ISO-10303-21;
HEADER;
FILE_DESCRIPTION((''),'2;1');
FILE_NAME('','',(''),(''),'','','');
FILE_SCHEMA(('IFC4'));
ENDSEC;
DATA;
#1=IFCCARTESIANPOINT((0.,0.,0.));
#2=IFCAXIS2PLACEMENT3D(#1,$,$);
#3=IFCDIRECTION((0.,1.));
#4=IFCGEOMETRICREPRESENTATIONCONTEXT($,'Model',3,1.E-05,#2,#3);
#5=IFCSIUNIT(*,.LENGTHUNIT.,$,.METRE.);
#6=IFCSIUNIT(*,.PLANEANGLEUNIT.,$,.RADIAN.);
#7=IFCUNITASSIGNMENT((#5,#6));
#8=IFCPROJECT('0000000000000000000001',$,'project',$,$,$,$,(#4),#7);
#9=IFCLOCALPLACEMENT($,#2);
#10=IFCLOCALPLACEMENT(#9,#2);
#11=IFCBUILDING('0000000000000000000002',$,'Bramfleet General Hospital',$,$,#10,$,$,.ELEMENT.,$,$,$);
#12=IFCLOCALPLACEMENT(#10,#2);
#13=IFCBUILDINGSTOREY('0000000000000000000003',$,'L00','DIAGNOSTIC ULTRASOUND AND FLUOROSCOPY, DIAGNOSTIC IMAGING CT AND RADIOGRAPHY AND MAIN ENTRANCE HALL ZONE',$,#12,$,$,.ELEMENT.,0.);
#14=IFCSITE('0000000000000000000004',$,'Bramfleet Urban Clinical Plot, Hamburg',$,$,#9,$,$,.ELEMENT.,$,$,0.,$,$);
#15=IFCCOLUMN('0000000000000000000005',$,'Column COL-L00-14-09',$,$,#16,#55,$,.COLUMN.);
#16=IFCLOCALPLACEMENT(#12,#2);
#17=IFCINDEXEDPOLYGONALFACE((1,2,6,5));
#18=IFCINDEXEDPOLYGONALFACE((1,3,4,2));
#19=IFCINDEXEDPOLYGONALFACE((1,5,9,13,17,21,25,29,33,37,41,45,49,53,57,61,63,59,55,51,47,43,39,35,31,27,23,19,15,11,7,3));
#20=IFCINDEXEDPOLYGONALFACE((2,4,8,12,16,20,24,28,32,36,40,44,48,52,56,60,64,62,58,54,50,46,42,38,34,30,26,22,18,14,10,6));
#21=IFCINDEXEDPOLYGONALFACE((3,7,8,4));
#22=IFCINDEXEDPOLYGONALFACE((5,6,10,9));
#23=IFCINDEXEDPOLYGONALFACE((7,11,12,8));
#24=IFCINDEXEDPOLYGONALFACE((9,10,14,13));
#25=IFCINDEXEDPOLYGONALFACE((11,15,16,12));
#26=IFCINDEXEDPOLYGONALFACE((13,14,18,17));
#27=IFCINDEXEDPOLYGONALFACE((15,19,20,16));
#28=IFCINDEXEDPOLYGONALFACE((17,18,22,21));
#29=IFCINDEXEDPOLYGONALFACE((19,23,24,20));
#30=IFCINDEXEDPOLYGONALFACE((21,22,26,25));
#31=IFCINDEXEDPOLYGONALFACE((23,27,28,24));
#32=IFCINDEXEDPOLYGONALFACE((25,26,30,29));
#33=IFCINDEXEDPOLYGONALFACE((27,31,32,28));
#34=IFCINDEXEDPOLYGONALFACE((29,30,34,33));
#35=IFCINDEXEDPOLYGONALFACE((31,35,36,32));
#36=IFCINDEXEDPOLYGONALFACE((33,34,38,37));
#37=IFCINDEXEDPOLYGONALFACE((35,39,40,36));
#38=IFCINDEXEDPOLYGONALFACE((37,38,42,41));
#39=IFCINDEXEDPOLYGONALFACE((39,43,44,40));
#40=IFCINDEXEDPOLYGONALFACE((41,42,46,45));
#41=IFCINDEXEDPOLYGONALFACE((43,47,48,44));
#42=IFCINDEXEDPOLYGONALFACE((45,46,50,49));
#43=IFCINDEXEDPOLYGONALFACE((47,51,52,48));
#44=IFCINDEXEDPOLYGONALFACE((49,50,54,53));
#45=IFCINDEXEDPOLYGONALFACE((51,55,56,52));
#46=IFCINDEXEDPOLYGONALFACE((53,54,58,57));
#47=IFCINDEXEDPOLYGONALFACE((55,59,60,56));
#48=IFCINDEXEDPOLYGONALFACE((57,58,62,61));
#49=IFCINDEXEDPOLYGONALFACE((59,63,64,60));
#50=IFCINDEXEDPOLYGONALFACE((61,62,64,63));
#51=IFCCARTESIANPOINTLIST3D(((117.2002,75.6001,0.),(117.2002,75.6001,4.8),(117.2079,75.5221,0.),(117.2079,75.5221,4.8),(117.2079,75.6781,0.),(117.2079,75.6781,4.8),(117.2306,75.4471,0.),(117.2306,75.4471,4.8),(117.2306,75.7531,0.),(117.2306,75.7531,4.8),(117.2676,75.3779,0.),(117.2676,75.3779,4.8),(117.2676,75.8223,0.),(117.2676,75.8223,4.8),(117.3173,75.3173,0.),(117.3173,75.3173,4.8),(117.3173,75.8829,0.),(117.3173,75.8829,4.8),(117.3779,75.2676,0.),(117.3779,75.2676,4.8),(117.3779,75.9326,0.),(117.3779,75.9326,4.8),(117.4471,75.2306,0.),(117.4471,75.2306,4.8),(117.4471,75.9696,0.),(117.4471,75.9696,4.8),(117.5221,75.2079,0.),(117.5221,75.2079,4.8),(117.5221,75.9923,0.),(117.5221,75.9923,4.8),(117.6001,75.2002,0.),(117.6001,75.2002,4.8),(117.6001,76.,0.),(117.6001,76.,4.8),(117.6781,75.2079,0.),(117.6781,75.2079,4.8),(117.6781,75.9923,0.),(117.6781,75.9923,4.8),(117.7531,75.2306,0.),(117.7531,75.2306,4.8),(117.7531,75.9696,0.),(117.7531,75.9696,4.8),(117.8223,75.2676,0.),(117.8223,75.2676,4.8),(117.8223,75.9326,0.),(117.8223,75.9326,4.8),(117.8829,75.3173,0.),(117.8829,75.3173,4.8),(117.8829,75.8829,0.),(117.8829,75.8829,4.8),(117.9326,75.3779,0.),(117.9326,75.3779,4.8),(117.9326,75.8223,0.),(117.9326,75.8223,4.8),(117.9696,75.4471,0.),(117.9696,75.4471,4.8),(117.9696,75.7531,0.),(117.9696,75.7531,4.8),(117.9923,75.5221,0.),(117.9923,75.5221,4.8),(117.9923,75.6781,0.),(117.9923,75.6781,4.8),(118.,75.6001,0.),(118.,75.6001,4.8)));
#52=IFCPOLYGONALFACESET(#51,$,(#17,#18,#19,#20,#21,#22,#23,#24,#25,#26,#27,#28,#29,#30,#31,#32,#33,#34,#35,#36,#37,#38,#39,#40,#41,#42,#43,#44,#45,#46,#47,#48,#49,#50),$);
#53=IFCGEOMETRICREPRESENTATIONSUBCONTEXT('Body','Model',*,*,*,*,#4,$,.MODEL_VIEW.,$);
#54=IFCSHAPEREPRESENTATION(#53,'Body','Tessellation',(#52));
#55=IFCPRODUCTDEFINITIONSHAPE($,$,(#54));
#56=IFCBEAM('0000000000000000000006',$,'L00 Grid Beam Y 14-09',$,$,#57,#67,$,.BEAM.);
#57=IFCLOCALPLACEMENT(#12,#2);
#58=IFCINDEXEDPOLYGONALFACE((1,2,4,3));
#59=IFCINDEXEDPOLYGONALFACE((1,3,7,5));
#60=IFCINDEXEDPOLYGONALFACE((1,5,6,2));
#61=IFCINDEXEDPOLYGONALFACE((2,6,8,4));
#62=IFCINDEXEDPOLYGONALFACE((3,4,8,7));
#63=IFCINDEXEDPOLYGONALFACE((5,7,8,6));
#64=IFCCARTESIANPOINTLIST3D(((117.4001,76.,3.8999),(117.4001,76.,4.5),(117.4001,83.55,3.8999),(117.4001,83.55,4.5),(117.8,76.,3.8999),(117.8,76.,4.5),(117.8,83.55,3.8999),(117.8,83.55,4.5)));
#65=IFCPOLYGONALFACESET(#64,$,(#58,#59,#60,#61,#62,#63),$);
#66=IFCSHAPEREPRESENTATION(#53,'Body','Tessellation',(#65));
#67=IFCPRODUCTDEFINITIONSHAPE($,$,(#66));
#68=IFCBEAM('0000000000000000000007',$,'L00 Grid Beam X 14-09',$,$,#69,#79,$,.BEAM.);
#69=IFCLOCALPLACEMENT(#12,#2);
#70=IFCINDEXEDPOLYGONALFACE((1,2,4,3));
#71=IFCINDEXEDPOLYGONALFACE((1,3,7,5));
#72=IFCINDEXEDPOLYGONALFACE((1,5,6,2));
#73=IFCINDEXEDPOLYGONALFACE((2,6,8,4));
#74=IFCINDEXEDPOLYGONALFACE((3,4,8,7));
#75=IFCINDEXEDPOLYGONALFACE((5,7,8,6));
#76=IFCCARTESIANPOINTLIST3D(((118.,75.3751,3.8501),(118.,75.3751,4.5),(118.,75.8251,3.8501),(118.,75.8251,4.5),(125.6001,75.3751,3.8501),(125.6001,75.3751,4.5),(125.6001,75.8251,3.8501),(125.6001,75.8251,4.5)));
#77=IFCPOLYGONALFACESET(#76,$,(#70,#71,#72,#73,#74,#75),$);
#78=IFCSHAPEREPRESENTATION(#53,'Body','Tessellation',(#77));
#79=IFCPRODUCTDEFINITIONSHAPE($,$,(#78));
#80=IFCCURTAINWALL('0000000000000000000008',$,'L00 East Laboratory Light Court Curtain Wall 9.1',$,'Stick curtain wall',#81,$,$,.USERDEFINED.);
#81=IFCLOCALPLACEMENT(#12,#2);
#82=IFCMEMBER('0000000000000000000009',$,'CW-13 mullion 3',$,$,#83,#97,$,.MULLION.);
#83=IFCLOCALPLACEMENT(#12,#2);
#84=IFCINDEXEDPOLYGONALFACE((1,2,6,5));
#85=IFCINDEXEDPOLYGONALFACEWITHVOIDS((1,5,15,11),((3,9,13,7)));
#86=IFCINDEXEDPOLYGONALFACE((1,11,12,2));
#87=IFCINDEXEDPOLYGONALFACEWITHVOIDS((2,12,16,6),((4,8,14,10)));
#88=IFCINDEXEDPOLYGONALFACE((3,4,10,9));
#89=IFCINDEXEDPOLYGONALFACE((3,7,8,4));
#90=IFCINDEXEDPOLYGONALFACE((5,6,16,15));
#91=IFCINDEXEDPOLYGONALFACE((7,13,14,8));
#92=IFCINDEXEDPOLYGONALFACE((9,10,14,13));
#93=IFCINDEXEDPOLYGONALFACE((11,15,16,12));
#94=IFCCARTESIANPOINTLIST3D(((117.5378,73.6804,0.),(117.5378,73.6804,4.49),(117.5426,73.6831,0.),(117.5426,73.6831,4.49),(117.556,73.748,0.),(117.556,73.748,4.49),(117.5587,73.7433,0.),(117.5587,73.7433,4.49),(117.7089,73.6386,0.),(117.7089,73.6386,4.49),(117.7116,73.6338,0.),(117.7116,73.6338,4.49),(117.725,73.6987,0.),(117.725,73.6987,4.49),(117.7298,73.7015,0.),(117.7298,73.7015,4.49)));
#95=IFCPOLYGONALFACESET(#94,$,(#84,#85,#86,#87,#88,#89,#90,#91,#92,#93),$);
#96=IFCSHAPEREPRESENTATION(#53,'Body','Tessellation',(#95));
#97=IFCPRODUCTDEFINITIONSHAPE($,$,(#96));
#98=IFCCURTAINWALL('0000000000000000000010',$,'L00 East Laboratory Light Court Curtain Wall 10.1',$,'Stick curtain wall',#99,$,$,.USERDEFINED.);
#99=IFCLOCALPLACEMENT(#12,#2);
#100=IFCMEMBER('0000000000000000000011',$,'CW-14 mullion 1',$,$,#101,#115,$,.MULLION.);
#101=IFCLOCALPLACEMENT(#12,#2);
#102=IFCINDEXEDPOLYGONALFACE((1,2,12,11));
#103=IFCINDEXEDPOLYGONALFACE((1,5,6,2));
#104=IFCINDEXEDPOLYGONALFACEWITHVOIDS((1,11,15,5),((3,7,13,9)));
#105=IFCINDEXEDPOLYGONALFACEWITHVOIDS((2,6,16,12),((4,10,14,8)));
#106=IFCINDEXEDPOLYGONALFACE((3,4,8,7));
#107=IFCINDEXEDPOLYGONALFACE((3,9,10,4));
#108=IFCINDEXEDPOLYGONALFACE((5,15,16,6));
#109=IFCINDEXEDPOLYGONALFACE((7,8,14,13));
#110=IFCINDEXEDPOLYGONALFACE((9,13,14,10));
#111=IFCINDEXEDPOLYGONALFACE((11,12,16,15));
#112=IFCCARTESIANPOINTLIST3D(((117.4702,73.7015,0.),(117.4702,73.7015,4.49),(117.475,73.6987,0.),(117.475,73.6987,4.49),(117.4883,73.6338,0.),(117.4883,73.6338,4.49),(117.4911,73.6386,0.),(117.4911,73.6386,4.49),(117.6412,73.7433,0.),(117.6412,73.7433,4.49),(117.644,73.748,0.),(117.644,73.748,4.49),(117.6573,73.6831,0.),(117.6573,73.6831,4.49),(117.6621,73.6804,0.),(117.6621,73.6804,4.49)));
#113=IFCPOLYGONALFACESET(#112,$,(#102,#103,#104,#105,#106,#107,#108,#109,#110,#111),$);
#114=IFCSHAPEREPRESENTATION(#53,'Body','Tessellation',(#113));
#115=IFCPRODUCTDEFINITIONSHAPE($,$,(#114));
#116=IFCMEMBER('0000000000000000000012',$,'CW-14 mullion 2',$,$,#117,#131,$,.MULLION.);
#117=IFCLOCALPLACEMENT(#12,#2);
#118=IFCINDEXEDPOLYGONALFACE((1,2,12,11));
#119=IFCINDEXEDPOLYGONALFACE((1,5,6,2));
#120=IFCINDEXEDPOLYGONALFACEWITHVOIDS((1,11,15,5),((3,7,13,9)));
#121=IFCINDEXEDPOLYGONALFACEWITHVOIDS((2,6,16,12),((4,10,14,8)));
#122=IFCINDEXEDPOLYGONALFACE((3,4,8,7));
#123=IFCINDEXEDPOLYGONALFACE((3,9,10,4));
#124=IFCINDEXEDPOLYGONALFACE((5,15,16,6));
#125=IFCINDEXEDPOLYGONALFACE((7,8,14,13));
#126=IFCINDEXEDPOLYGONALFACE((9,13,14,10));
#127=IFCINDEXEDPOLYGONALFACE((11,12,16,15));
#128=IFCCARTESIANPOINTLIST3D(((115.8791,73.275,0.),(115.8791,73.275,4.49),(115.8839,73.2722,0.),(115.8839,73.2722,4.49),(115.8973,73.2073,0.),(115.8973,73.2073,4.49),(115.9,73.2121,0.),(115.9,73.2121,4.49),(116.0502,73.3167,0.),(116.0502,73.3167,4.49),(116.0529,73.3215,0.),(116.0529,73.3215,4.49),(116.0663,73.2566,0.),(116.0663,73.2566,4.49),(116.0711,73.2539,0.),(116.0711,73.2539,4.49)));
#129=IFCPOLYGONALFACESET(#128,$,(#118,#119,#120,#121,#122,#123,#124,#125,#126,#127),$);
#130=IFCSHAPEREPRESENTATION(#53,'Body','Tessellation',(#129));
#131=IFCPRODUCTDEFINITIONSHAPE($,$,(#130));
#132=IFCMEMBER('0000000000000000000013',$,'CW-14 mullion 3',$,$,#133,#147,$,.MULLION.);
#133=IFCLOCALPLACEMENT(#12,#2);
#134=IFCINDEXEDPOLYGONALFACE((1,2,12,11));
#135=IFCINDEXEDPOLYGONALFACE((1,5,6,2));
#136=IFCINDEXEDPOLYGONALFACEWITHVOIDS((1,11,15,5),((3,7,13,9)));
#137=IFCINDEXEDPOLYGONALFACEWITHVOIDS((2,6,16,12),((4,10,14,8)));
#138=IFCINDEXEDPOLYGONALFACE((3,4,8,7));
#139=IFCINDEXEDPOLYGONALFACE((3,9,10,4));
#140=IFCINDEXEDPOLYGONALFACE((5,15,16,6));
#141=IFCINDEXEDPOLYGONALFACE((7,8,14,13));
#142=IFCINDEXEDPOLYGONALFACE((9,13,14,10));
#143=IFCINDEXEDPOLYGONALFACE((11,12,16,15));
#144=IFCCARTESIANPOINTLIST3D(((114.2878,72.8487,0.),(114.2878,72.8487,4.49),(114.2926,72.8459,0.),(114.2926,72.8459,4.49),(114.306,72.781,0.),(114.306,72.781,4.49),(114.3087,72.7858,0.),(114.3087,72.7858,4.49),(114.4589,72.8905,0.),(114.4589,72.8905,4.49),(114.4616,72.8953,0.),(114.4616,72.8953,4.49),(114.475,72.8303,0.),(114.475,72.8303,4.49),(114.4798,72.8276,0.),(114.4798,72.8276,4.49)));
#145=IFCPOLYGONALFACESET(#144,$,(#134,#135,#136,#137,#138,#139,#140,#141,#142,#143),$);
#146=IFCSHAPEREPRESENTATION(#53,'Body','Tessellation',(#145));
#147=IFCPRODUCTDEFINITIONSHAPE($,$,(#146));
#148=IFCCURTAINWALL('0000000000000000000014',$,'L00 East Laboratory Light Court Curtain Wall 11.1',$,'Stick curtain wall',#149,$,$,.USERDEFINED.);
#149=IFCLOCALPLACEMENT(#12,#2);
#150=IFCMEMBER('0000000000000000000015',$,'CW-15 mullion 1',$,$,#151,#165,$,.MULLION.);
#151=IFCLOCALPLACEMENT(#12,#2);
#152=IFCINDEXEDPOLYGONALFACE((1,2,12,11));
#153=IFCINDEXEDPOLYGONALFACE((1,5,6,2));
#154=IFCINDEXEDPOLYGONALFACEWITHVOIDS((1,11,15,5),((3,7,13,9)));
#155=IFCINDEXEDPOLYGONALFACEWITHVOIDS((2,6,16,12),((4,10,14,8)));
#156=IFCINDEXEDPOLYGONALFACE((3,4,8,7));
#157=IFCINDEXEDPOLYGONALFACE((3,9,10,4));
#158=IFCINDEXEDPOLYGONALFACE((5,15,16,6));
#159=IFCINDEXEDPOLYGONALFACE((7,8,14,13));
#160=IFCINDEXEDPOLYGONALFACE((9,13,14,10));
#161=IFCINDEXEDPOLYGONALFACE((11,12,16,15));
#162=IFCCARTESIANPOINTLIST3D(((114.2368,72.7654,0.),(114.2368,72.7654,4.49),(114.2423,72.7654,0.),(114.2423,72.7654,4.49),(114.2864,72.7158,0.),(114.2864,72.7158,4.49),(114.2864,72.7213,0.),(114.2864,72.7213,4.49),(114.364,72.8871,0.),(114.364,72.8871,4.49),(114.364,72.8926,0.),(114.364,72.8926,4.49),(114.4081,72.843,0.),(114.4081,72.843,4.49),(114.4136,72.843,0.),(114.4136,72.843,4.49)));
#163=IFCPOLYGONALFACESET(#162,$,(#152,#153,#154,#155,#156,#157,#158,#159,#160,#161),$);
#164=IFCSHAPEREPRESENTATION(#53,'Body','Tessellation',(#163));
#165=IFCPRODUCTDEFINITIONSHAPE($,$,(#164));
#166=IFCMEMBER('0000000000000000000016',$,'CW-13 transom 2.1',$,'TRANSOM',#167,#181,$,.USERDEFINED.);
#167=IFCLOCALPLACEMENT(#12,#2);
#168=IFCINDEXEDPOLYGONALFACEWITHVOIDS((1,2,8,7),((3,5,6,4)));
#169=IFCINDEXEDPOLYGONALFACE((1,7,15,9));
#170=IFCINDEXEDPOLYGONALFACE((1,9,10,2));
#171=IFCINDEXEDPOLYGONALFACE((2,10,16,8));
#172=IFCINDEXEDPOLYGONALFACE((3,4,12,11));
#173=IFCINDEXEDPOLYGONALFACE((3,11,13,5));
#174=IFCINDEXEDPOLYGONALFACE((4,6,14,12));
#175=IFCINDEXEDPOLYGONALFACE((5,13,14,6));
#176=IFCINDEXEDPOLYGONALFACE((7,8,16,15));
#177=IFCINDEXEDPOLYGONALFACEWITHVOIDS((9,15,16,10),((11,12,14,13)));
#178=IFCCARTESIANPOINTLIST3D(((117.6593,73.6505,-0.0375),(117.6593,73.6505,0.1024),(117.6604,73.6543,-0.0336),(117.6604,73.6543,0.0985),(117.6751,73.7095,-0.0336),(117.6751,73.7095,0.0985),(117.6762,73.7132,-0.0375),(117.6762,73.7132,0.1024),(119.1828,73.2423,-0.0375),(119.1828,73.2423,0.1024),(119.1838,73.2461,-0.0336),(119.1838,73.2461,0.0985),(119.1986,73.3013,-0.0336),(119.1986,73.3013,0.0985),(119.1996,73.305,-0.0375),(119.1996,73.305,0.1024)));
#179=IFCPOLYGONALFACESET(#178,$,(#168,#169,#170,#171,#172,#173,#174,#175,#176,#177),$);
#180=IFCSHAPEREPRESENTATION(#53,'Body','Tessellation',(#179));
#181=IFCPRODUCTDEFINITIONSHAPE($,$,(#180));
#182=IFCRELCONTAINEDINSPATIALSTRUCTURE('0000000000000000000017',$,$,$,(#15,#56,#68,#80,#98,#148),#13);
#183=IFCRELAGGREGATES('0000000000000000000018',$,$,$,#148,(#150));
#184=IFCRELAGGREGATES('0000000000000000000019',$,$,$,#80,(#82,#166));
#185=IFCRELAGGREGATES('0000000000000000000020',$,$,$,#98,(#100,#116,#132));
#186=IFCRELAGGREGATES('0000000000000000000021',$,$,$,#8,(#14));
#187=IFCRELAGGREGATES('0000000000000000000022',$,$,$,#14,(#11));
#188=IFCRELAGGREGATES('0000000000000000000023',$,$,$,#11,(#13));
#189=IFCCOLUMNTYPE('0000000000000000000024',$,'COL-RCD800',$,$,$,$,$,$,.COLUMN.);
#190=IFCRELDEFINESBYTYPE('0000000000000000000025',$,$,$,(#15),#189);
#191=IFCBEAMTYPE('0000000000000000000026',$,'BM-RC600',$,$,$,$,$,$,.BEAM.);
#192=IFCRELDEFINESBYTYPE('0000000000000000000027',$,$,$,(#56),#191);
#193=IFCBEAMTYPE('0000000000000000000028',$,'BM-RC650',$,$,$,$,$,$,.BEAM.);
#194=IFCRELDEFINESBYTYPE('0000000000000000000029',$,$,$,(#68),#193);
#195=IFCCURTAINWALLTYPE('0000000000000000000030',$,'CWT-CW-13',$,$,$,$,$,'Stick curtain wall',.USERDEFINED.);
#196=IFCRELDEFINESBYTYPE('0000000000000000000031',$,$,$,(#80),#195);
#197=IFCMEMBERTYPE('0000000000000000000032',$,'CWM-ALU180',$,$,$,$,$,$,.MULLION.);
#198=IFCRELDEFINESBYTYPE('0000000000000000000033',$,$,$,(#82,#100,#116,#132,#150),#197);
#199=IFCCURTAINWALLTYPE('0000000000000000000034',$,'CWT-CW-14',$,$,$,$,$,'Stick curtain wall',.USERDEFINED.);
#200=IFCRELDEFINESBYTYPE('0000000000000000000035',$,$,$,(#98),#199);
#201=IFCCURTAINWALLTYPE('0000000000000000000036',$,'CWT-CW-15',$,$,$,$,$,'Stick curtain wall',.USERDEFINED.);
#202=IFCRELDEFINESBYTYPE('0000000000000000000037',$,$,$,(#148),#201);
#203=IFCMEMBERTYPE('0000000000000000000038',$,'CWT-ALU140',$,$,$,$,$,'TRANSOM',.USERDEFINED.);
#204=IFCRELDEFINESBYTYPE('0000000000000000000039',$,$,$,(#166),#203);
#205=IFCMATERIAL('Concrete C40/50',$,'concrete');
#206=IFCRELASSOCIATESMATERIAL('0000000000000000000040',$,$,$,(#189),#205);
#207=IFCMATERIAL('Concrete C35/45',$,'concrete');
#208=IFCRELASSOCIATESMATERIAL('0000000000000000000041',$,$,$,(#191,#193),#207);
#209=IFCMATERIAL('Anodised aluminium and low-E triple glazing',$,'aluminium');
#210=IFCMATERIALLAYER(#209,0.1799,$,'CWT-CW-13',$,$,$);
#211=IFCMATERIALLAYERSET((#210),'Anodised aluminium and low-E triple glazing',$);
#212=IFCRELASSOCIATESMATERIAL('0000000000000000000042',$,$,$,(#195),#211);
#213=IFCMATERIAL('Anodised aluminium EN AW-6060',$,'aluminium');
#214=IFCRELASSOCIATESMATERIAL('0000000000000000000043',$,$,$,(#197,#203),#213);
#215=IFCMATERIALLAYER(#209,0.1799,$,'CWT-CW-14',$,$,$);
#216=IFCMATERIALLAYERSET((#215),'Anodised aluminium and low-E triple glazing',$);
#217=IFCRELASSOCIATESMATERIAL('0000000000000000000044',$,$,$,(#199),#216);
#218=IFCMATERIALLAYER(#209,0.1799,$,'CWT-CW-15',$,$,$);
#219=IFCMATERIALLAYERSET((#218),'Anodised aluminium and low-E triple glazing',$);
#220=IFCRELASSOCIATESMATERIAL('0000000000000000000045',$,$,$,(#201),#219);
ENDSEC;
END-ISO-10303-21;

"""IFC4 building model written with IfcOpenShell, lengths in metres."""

from ifc_helpers import new_model, si_unit, direction, frame, origin, origin_2d, place, context, subcontext, project, spatial, rectangle, hollow_rectangle, circle, extrude, material, layer, layer_set, material_profile, profile_set, type_object, element, aggregate, save


model = new_model("IFC4")

# Units and contexts
model_context = context("Model", 3, precision=1e-05, world=origin(), true_north=direction((0.0, 1.0)))
body_context = subcontext(model_context, "Body", "Model", "MODEL_VIEW")
ifc_project = project(units=[si_unit("LENGTHUNIT", "METRE"), si_unit("PLANEANGLEUNIT", "RADIAN")], contexts=[model_context])

# Site, building, storey
site_placement = place(None, origin())
site = spatial("IfcSite", under=ifc_project, at=site_placement, Name="Bramfleet Urban Clinical Plot, Hamburg", CompositionType="ELEMENT", RefElevation=0.0)
building_placement = place(site_placement, origin())
building = spatial("IfcBuilding", under=site, at=building_placement, Name="Bramfleet General Hospital", CompositionType="ELEMENT")
storey_placement = place(building_placement, origin())
storey = spatial("IfcBuildingStorey", under=building, at=storey_placement, Name="L00", Description="DIAGNOSTIC ULTRASOUND AND FLUOROSCOPY, DIAGNOSTIC IMAGING CT AND RADIOGRAPHY AND MAIN ENTRANCE HALL ZONE", CompositionType="ELEMENT", Elevation=0.0)

# Column
ifc_material_1 = material(Name="Concrete C40/50", Category="concrete")
ifc_material_profile_1 = material_profile(ifc_material_1, circle(Radius=0.3999, at=origin_2d()), Name="RC ROUND D800")
ifc_profile_set_1 = profile_set([ifc_material_profile_1], Name="Concrete C40/50")
column_type = type_object("IfcColumnType", Name="COL-RCD800", PredefinedType="COLUMN", material=ifc_profile_set_1)
column_placement = place(storey_placement, frame((117.6001, 75.6001, 0.0), z_axis=(0.0, 0.0, 1.0), x_axis=(1.0, 0.0, 0.0)))
element("IfcColumn", 1, at=column_placement, inside=storey, type_object=column_type, Name="Column COL-L00-14-09", PredefinedType="COLUMN", context=body_context, shape_type="SweptSolid", body=[
    extrude(circle(Radius=0.3999, at=origin_2d()), origin(), (0.0, 0.0, 1.0), 4.8),
])

# Beams
ifc_material_2 = material(Name="Concrete C35/45", Category="concrete")
ifc_material_profile_2 = material_profile(ifc_material_2, rectangle(XDim=0.3999, YDim=0.6001, at=origin_2d()), Name="RC BM 600x400")
ifc_profile_set_2 = profile_set([ifc_material_profile_2], Name="Concrete C35/45")
beam_type_1 = type_object("IfcBeamType", Name="BM-RC600", PredefinedType="BEAM", material=ifc_profile_set_2)
beam_1_placement = place(storey_placement, frame((117.6001, 76.0, 4.2), z_axis=(0.0, 1.0, 0.0), x_axis=(-1.0, 0.0, 0.0)))
element("IfcBeam", 2, at=beam_1_placement, inside=storey, type_object=beam_type_1, Name="L00 Grid Beam Y 14-09", PredefinedType="BEAM", context=body_context, shape_type="SweptSolid", body=[
    extrude(rectangle(XDim=0.3999, YDim=0.6001, at=origin_2d()), origin(), (0.0, 0.0, 1.0), 7.55),
])
ifc_material_profile_3 = material_profile(ifc_material_2, rectangle(XDim=0.45, YDim=0.6499, at=origin_2d()), Name="RC BM 650x450")
ifc_profile_set_3 = profile_set([ifc_material_profile_3], Name="Concrete C35/45")
beam_type_2 = type_object("IfcBeamType", Name="BM-RC650", PredefinedType="BEAM", material=ifc_profile_set_3)
beam_2_placement = place(storey_placement, frame((118.0, 75.6001, 4.175), z_axis=(1.0, 0.0, 0.0), x_axis=(0.0, 1.0, 0.0)))
element("IfcBeam", 3, at=beam_2_placement, inside=storey, type_object=beam_type_2, Name="L00 Grid Beam X 14-09", PredefinedType="BEAM", context=body_context, shape_type="SweptSolid", body=[
    extrude(rectangle(XDim=0.45, YDim=0.6499, at=origin_2d()), origin(), (0.0, 0.0, 1.0), 7.6001),
])

# Curtain wall, member
ifc_material_3 = material(Name="Anodised aluminium and low-E triple glazing", Category="aluminium")
ifc_layer_1 = layer(ifc_material_3, 0.1799, Name="CWT-CW-13")
ifc_layer_set_1 = layer_set([ifc_layer_1], Name="Anodised aluminium and low-E triple glazing")
curtain_wall_type_1 = type_object("IfcCurtainWallType", Name="CWT-CW-13", ElementType="Stick curtain wall", PredefinedType="USERDEFINED", material=ifc_layer_set_1)
curtain_wall_1_placement = place(storey_placement, origin())
curtain_wall_1 = element("IfcCurtainWall", 4, at=curtain_wall_1_placement, inside=storey, type_object=curtain_wall_type_1, Name="L00 East Laboratory Light Court Curtain Wall 9.1", ObjectType="Stick curtain wall", PredefinedType="USERDEFINED")
ifc_material_4 = material(Name="Anodised aluminium EN AW-6060", Category="aluminium")
ifc_material_profile_4 = material_profile(ifc_material_4, hollow_rectangle(XDim=0.0701, YDim=0.1799, WallThickness=0.0039, at=origin_2d()), Name="ALU 180x70x4.0")
ifc_profile_set_4 = profile_set([ifc_material_profile_4], Name="Anodised aluminium EN AW-6060")
member_type_1 = type_object("IfcMemberType", Name="CWM-ALU180", PredefinedType="MULLION", material=ifc_profile_set_4)
member_1_placement = place(storey_placement, frame((117.6338, 73.6909, 0.0), z_axis=(0.0, 0.0, 1.0), x_axis=(-0.258865, -0.965914, 0.0)))
member_1 = element("IfcMember", 5, at=member_1_placement, type_object=member_type_1, Name="CW-13 mullion 3", PredefinedType="MULLION", context=body_context, shape_type="SweptSolid", body=[
    extrude(hollow_rectangle(XDim=0.0701, YDim=0.1799, WallThickness=0.0039, at=origin_2d()), origin(), (0.0, 0.0, 1.0), 4.49),
])

# Curtain wall, members
ifc_layer_2 = layer(ifc_material_3, 0.1799, Name="CWT-CW-14")
ifc_layer_set_2 = layer_set([ifc_layer_2], Name="Anodised aluminium and low-E triple glazing")
curtain_wall_type_2 = type_object("IfcCurtainWallType", Name="CWT-CW-14", ElementType="Stick curtain wall", PredefinedType="USERDEFINED", material=ifc_layer_set_2)
curtain_wall_2_placement = place(storey_placement, origin())
curtain_wall_2 = element("IfcCurtainWall", 6, at=curtain_wall_2_placement, inside=storey, type_object=curtain_wall_type_2, Name="L00 East Laboratory Light Court Curtain Wall 10.1", ObjectType="Stick curtain wall", PredefinedType="USERDEFINED")
member_2_placement = place(storey_placement, frame((117.5662, 73.6909, 0.0), z_axis=(0.0, 0.0, 1.0), x_axis=(0.258865, -0.965914, 0.0)))
member_2 = element("IfcMember", 7, at=member_2_placement, type_object=member_type_1, Name="CW-14 mullion 1", PredefinedType="MULLION", context=body_context, shape_type="SweptSolid", body=[
    extrude(hollow_rectangle(XDim=0.0701, YDim=0.1799, WallThickness=0.0039, at=origin_2d()), origin(), (0.0, 0.0, 1.0), 4.49),
])
member_3_placement = place(storey_placement, frame((115.9751, 73.2644, 0.0), z_axis=(0.0, 0.0, 1.0), x_axis=(0.258865, -0.965914, 0.0)))
member_3 = element("IfcMember", 8, at=member_3_placement, type_object=member_type_1, Name="CW-14 mullion 2", PredefinedType="MULLION", context=body_context, shape_type="SweptSolid", body=[
    extrude(hollow_rectangle(XDim=0.0701, YDim=0.1799, WallThickness=0.0039, at=origin_2d()), origin(), (0.0, 0.0, 1.0), 4.49),
])
member_4_placement = place(storey_placement, frame((114.3838, 72.8381, 0.0), z_axis=(0.0, 0.0, 1.0), x_axis=(0.258865, -0.965914, 0.0)))
member_4 = element("IfcMember", 9, at=member_4_placement, type_object=member_type_1, Name="CW-14 mullion 3", PredefinedType="MULLION", context=body_context, shape_type="SweptSolid", body=[
    extrude(hollow_rectangle(XDim=0.0701, YDim=0.1799, WallThickness=0.0039, at=origin_2d()), origin(), (0.0, 0.0, 1.0), 4.49),
])

# Curtain wall, member
ifc_layer_3 = layer(ifc_material_3, 0.1799, Name="CWT-CW-15")
ifc_layer_set_3 = layer_set([ifc_layer_3], Name="Anodised aluminium and low-E triple glazing")
curtain_wall_type_3 = type_object("IfcCurtainWallType", Name="CWT-CW-15", ElementType="Stick curtain wall", PredefinedType="USERDEFINED", material=ifc_layer_set_3)
curtain_wall_3_placement = place(storey_placement, origin())
curtain_wall_3 = element("IfcCurtainWall", 10, at=curtain_wall_3_placement, inside=storey, type_object=curtain_wall_type_3, Name="L00 East Laboratory Light Court Curtain Wall 11.1", ObjectType="Stick curtain wall", PredefinedType="USERDEFINED")
member_5_placement = place(storey_placement, frame((114.3252, 72.8042, 0.0), z_axis=(0.0, 0.0, 1.0), x_axis=(0.707107, -0.707107, 0.0)))
member_5 = element("IfcMember", 11, at=member_5_placement, type_object=member_type_1, Name="CW-15 mullion 1", PredefinedType="MULLION", context=body_context, shape_type="SweptSolid", body=[
    extrude(hollow_rectangle(XDim=0.0701, YDim=0.1799, WallThickness=0.0039, at=origin_2d()), origin(), (0.0, 0.0, 1.0), 4.49),
])

# Member
ifc_material_profile_5 = material_profile(ifc_material_4, hollow_rectangle(XDim=0.0649, YDim=0.1399, WallThickness=0.0039, at=origin_2d()), Name="ALU 140x65x4.0")
ifc_profile_set_5 = profile_set([ifc_material_profile_5], Name="Anodised aluminium EN AW-6060")
member_type_2 = type_object("IfcMemberType", Name="CWT-ALU140", ElementType="TRANSOM", PredefinedType="USERDEFINED", material=ifc_profile_set_5)
member_6_placement = place(storey_placement, frame((119.1912, 73.2737, 0.0325), z_axis=(-0.965926, 0.258819, 0.0), x_axis=(-0.258819, -0.965926, 0.0)))
member_6 = element("IfcMember", 12, at=member_6_placement, type_object=member_type_2, Name="CW-13 transom 2.1", ObjectType="TRANSOM", PredefinedType="USERDEFINED", context=body_context, shape_type="SweptSolid", body=[
    extrude(hollow_rectangle(XDim=0.0649, YDim=0.1399, WallThickness=0.0039, at=origin_2d()), origin(), (0.0, 0.0, 1.0), 1.5771),
])
aggregate(curtain_wall_3, [member_5])

aggregate(curtain_wall_1, [member_1, member_6])
aggregate(curtain_wall_2, [member_2, member_3, member_4])

save(model, "model.ifc")
